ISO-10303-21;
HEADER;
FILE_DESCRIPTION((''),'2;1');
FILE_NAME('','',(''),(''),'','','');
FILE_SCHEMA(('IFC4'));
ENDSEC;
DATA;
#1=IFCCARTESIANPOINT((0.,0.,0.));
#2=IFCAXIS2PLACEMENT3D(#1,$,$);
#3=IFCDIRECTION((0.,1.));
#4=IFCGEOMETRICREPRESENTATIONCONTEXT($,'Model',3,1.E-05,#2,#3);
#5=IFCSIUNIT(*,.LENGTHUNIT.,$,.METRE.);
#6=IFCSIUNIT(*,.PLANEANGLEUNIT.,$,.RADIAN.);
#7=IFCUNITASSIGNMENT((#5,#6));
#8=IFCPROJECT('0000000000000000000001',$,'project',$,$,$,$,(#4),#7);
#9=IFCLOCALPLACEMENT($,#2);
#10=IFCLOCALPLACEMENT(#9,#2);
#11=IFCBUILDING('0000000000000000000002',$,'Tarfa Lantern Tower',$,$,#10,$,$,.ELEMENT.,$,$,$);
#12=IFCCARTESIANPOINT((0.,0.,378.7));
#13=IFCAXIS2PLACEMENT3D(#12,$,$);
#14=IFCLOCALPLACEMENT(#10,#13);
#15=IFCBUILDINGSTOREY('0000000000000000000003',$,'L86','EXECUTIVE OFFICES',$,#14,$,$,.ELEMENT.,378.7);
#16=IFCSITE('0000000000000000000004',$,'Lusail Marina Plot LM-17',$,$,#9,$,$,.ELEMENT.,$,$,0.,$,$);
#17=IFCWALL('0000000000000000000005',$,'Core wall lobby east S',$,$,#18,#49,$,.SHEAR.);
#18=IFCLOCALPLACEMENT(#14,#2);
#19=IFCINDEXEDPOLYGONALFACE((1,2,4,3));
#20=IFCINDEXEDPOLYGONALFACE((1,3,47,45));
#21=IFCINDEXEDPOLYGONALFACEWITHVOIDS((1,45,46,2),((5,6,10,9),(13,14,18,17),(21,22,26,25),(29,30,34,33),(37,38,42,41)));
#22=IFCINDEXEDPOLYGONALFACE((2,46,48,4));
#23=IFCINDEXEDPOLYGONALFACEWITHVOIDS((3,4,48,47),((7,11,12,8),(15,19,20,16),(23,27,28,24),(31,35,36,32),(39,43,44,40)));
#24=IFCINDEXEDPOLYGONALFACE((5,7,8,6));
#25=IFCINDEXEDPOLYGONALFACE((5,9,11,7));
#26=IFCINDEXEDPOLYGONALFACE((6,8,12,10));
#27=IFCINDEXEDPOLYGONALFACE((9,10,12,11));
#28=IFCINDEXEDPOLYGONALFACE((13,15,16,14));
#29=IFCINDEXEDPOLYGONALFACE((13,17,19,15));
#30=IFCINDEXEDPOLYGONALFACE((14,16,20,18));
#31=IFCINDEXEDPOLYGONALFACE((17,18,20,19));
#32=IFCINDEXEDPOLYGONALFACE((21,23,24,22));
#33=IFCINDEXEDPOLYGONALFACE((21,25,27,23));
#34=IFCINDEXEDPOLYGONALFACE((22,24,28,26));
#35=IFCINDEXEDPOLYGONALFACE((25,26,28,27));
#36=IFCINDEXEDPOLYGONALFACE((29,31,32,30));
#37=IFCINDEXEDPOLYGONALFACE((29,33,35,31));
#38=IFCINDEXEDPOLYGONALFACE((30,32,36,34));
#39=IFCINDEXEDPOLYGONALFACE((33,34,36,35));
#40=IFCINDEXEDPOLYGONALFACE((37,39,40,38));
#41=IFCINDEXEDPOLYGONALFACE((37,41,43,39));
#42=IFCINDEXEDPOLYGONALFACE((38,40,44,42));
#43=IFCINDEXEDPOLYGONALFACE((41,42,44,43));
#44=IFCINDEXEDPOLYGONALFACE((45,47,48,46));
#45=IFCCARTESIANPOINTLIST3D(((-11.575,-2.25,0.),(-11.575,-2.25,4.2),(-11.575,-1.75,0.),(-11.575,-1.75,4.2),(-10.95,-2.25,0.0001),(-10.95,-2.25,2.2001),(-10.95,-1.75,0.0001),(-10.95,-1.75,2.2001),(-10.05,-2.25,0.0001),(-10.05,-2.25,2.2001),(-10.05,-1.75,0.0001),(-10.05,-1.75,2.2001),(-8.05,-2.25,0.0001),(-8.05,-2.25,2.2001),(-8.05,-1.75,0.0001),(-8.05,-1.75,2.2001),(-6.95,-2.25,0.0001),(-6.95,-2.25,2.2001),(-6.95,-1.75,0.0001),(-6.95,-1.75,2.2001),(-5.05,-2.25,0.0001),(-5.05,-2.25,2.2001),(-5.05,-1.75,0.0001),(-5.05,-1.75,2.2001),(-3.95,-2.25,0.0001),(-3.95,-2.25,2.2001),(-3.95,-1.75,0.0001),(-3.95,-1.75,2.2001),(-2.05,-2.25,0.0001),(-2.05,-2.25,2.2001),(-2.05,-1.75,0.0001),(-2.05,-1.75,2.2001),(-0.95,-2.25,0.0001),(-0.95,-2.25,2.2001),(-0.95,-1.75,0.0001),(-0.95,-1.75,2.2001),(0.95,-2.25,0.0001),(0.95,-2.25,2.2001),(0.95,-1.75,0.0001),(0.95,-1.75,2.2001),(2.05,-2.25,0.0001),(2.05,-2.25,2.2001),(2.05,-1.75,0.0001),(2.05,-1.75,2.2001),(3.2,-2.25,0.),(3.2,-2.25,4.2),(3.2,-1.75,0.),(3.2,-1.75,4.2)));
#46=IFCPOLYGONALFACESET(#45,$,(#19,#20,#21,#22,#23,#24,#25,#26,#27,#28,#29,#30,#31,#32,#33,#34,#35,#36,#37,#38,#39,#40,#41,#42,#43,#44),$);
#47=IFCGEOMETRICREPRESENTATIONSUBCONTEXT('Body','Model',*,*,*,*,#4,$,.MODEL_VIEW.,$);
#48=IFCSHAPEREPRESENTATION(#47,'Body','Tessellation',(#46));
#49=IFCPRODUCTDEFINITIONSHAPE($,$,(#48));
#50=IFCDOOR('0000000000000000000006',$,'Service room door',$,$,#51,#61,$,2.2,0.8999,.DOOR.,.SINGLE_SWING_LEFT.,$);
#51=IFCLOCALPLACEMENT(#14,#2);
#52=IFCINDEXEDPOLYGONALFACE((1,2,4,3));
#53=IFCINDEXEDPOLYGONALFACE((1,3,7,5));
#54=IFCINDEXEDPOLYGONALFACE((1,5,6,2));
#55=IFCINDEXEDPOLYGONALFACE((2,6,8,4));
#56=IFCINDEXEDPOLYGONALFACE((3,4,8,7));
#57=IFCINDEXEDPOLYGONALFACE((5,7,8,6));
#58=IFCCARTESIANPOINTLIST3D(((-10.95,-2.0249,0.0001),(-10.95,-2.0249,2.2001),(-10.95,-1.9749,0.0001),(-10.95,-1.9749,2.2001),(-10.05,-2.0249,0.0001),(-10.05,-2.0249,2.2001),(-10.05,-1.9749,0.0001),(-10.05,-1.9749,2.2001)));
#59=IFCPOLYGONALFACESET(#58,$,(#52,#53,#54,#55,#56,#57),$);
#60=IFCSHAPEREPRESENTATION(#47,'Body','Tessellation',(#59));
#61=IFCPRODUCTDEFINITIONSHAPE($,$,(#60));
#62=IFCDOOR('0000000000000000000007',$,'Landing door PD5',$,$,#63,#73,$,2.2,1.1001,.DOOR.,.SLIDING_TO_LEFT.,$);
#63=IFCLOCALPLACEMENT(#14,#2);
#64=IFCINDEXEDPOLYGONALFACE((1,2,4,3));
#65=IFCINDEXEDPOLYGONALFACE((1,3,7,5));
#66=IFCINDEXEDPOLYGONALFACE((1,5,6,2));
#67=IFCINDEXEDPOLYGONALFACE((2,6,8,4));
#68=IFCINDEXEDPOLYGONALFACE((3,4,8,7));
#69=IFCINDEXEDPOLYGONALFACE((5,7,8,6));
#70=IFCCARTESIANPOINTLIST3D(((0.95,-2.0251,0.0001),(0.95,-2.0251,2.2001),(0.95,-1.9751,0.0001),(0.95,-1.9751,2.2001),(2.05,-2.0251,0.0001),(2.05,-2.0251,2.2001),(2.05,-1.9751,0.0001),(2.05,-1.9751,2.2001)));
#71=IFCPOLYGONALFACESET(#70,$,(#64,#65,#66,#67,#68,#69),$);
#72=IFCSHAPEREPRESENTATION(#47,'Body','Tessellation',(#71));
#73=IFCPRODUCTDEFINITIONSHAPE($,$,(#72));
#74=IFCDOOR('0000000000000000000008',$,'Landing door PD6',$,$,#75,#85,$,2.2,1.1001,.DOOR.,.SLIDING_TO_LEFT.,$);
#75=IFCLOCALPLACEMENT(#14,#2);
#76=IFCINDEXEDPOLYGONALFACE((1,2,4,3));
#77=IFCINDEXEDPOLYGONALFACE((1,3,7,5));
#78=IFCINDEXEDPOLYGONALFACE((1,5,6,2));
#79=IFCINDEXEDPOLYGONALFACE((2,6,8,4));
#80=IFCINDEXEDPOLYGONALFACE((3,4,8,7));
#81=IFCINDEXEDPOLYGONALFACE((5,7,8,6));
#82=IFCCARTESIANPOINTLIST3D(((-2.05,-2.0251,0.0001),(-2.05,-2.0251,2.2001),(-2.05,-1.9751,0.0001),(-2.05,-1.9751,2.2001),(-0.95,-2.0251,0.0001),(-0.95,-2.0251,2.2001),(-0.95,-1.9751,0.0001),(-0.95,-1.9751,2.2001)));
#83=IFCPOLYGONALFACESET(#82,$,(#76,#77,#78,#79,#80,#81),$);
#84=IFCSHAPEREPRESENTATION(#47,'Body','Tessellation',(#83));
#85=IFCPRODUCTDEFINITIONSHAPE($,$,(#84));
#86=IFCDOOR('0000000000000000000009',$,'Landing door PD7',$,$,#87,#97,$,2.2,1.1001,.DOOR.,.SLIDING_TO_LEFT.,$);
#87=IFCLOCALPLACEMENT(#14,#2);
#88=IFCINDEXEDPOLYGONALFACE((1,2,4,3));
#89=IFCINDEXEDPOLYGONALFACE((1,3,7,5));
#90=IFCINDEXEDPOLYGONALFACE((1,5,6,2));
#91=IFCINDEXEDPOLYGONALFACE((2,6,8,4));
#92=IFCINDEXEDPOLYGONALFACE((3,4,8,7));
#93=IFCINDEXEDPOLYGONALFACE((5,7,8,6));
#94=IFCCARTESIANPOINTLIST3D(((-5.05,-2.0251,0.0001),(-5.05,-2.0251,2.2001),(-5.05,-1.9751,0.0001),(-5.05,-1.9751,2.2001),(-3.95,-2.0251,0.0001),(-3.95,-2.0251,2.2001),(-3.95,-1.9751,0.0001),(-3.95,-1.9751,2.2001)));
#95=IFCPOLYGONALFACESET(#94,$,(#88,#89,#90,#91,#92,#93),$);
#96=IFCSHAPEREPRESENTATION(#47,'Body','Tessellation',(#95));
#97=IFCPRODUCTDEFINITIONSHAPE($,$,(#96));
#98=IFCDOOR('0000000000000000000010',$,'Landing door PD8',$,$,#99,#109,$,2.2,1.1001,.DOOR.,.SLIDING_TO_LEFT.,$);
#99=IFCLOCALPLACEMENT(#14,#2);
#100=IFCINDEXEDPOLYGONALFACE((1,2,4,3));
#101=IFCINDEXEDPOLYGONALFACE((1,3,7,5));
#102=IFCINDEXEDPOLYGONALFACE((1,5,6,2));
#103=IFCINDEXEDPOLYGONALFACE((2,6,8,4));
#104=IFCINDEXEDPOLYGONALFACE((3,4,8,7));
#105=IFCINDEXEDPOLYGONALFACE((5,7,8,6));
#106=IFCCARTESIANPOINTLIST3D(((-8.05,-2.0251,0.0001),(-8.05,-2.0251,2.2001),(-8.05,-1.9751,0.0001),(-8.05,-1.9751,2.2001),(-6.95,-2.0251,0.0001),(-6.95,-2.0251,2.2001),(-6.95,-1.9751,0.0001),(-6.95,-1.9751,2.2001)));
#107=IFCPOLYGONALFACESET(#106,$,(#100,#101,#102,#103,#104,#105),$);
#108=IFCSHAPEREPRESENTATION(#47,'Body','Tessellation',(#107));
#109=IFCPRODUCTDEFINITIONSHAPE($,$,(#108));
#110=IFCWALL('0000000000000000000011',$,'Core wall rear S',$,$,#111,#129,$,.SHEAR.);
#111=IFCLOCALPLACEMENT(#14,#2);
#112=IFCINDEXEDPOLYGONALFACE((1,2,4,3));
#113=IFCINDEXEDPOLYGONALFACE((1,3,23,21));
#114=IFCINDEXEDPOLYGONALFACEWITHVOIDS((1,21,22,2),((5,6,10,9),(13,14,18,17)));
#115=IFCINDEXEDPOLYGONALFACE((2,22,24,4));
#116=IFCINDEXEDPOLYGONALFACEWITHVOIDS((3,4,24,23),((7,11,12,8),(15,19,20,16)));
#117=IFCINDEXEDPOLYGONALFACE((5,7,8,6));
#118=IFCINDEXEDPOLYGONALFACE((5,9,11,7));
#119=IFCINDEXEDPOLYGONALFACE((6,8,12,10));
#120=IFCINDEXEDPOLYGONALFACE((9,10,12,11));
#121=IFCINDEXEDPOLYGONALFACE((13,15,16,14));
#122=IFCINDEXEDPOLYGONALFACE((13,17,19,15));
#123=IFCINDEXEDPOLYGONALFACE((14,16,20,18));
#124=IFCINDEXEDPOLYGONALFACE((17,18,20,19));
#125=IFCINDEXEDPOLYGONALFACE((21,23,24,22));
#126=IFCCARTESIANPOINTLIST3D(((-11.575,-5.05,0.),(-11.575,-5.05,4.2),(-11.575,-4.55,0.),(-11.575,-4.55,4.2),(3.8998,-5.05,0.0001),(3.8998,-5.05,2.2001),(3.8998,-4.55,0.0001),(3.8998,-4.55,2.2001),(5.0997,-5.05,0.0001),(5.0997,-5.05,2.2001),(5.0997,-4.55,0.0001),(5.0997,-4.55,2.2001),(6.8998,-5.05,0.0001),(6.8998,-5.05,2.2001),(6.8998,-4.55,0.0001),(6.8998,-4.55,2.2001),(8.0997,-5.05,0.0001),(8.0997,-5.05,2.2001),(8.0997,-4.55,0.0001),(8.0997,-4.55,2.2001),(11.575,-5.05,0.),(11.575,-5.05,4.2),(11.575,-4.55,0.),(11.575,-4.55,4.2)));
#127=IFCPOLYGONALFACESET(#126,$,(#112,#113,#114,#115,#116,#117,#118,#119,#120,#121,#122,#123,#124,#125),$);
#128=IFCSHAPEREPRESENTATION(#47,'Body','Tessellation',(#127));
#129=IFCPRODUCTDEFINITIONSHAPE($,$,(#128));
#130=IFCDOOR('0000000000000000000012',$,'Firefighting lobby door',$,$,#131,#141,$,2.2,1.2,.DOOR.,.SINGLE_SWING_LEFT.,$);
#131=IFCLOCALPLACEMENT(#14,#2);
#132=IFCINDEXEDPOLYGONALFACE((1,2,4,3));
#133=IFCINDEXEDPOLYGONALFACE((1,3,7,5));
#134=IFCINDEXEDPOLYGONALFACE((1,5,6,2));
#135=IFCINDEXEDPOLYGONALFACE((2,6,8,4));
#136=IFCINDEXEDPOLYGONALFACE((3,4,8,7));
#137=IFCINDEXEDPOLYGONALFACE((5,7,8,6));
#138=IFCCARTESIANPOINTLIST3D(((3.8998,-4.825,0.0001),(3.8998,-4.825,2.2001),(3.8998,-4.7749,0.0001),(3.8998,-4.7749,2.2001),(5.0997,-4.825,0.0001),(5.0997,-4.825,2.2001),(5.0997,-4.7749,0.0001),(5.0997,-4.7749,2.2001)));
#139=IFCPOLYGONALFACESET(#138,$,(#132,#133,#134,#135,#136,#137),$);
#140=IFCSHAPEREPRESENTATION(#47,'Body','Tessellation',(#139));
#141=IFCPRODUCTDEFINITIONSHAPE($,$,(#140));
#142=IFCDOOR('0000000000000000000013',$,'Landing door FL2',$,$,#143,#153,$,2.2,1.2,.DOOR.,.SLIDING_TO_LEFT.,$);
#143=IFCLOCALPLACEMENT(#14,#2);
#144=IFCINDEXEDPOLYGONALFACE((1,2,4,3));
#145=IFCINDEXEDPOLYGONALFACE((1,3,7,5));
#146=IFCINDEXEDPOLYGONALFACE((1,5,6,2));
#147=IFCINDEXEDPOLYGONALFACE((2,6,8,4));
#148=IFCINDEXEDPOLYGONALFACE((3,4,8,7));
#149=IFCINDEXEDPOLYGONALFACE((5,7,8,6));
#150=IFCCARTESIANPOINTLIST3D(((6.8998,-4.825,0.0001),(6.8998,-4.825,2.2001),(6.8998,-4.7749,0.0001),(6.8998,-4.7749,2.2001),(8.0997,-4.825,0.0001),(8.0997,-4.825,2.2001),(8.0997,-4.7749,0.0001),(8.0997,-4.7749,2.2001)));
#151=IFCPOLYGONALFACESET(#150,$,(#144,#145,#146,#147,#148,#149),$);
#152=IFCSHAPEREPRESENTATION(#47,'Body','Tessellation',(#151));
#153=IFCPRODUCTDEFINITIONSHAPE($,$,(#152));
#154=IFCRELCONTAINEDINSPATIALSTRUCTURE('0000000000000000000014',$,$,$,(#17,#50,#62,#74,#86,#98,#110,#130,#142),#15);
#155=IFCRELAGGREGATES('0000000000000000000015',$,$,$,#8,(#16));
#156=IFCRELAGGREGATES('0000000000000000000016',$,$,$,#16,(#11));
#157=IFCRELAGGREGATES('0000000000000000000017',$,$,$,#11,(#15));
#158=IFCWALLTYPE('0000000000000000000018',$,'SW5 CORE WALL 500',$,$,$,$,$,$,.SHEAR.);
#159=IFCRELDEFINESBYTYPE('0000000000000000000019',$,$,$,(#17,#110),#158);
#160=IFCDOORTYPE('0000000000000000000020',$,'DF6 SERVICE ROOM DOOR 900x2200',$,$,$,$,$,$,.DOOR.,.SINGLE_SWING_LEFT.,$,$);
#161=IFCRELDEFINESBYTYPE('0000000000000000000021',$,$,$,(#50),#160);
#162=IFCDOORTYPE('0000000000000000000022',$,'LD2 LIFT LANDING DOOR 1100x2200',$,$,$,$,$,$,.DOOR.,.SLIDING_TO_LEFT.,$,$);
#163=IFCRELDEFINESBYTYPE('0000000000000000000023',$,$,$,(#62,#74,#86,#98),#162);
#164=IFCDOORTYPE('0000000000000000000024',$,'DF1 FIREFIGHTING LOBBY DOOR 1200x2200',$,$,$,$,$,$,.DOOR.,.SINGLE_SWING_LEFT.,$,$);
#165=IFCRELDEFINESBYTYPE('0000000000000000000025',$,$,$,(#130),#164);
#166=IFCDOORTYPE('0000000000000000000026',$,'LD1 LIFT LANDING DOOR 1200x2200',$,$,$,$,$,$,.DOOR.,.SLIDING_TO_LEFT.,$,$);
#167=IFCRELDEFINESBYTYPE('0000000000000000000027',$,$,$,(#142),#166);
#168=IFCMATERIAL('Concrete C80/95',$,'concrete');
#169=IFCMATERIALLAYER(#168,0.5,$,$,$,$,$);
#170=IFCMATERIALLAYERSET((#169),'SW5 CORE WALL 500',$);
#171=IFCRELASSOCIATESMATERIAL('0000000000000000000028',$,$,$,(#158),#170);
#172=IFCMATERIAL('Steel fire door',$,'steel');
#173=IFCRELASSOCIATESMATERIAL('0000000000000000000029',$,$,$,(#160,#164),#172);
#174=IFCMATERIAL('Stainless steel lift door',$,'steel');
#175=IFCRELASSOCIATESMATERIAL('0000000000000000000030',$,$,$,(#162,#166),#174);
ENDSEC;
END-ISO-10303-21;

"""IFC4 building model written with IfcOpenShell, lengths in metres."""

from ifc_helpers import new_model, si_unit, direction, frame, frame_2d, origin, place, context, subcontext, project, spatial, rectangle, extrude, material, layer, layer_set, type_object, element, fill, save


model = new_model("IFC4")

# Units and contexts
model_context = context("Model", 3, precision=1e-05, world=origin(), true_north=direction((0.0, 1.0)))
body_context = subcontext(model_context, "Body", "Model", "MODEL_VIEW")
ifc_project = project(units=[si_unit("LENGTHUNIT", "METRE"), si_unit("PLANEANGLEUNIT", "RADIAN")], contexts=[model_context])

# Site, building, storey
site_placement = place(None, origin())
site = spatial("IfcSite", under=ifc_project, at=site_placement, Name="Lusail Marina Plot LM-17", CompositionType="ELEMENT", RefElevation=0.0)
building_placement = place(site_placement, origin())
building = spatial("IfcBuilding", under=site, at=building_placement, Name="Tarfa Lantern Tower", CompositionType="ELEMENT")
storey_placement = place(building_placement, frame((0.0, 0.0, 378.7)))
storey = spatial("IfcBuildingStorey", under=building, at=storey_placement, Name="L86", Description="EXECUTIVE OFFICES", CompositionType="ELEMENT", Elevation=378.7)

# Shared definitions
ifc_material_1 = material(Name="Concrete C80/95", Category="concrete")

# Shared definitions
ifc_material_2 = material(Name="Steel fire door", Category="steel")
ifc_layer_1 = layer(ifc_material_1, 0.5)
ifc_layer_set_1 = layer_set([ifc_layer_1], Name="SW5 CORE WALL 500")
wall_type_1 = type_object("IfcWallType", Name="SW5 CORE WALL 500", PredefinedType="SHEAR", material=ifc_layer_set_1)
door_type_1 = type_object("IfcDoorType", Name="DF6 SERVICE ROOM DOOR 900x2200", OperationType="SINGLE_SWING_LEFT", PredefinedType="DOOR", material=ifc_material_2)

# Walls, openings, doors
wall_1_placement = place(storey_placement, frame((3.2, -2.0, 0.0), z_axis=(0.0, 0.0, 1.0), x_axis=(-1.0, 0.0, 0.0)))
wall_1 = element("IfcWall", 1, at=wall_1_placement, inside=storey, type_object=wall_type_1, Name="Core wall lobby east S", PredefinedType="SHEAR", context=body_context, shape_type="SweptSolid", body=[
    extrude(rectangle(XDim=14.7749, YDim=0.5, at=frame_2d((7.3875, 0.0))), origin(), (0.0, 0.0, 1.0), 4.2),
])
opening_1_placement = place(wall_1_placement, frame((13.25, 0.0, 0.0)))
opening_1 = element("IfcOpeningElement", 2, at=opening_1_placement, cuts=wall_1, PredefinedType="OPENING", context=body_context, shape_type="SweptSolid", body=[
    extrude(rectangle(XDim=0.8999, YDim=2.2, at=frame_2d((0.45, 1.1001))), frame((0.0, 0.26, 0.0), z_axis=(0.0, -1.0, 0.0), x_axis=(1.0, 0.0, 0.0)), (0.0, 0.0, 1.0), 0.52),
])
opening_2_placement = place(wall_1_placement, frame((1.1499, 0.0, 0.0)))
opening_2 = element("IfcOpeningElement", 3, at=opening_2_placement, cuts=wall_1, PredefinedType="OPENING", context=body_context, shape_type="SweptSolid", body=[
    extrude(rectangle(XDim=1.1001, YDim=2.2, at=frame_2d((0.55, 1.1001))), frame((0.0, 0.26, 0.0), z_axis=(0.0, -1.0, 0.0), x_axis=(1.0, 0.0, 0.0)), (0.0, 0.0, 1.0), 0.52),
])
opening_3_placement = place(wall_1_placement, frame((4.1499, 0.0, 0.0)))
opening_3 = element("IfcOpeningElement", 4, at=opening_3_placement, cuts=wall_1, PredefinedType="OPENING", context=body_context, shape_type="SweptSolid", body=[
    extrude(rectangle(XDim=1.1001, YDim=2.2, at=frame_2d((0.55, 1.1001))), frame((0.0, 0.26, 0.0), z_axis=(0.0, -1.0, 0.0), x_axis=(1.0, 0.0, 0.0)), (0.0, 0.0, 1.0), 0.52),
])
opening_4_placement = place(wall_1_placement, frame((7.1499, 0.0, 0.0)))
opening_4 = element("IfcOpeningElement", 5, at=opening_4_placement, cuts=wall_1, PredefinedType="OPENING", context=body_context, shape_type="SweptSolid", body=[
    extrude(rectangle(XDim=1.1001, YDim=2.2, at=frame_2d((0.55, 1.1001))), frame((0.0, 0.26, 0.0), z_axis=(0.0, -1.0, 0.0), x_axis=(1.0, 0.0, 0.0)), (0.0, 0.0, 1.0), 0.52),
])
opening_5_placement = place(wall_1_placement, frame((10.1499, 0.0, 0.0)))
opening_5 = element("IfcOpeningElement", 6, at=opening_5_placement, cuts=wall_1, PredefinedType="OPENING", context=body_context, shape_type="SweptSolid", body=[
    extrude(rectangle(XDim=1.1001, YDim=2.2, at=frame_2d((0.55, 1.1001))), frame((0.0, 0.26, 0.0), z_axis=(0.0, -1.0, 0.0), x_axis=(1.0, 0.0, 0.0)), (0.0, 0.0, 1.0), 0.52),
])
door_1_placement = place(opening_1_placement, origin())
door_1 = element("IfcDoor", 7, at=door_1_placement, inside=storey, type_object=door_type_1, Name="Service room door", OperationType="SINGLE_SWING_LEFT", OverallHeight=2.2, OverallWidth=0.8999, PredefinedType="DOOR", context=body_context, shape_type="SweptSolid", body=[
    extrude(rectangle(XDim=0.8999, YDim=2.2, at=frame_2d((0.45, 1.1001))), frame((0.0, 0.0249, 0.0), z_axis=(0.0, -1.0, 0.0), x_axis=(1.0, 0.0, 0.0)), (0.0, 0.0, 1.0), 0.05),
])
fill(opening_1, door_1)
ifc_material_3 = material(Name="Stainless steel lift door", Category="steel")
door_type_2 = type_object("IfcDoorType", Name="LD2 LIFT LANDING DOOR 1100x2200", OperationType="SLIDING_TO_LEFT", PredefinedType="DOOR", material=ifc_material_3)
door_2_placement = place(opening_2_placement, frame((1.1001, 0.0, 0.0), z_axis=(0.0, 0.0, 1.0), x_axis=(-1.0, 0.0, 0.0)))
door_2 = element("IfcDoor", 8, at=door_2_placement, inside=storey, type_object=door_type_2, Name="Landing door PD5", OperationType="SLIDING_TO_LEFT", OverallHeight=2.2, OverallWidth=1.1001, PredefinedType="DOOR", context=body_context, shape_type="SweptSolid", body=[
    extrude(rectangle(XDim=1.1001, YDim=2.2, at=frame_2d((0.55, 1.1001))), frame((0.0, 0.0249, 0.0), z_axis=(0.0, -1.0, 0.0), x_axis=(1.0, 0.0, 0.0)), (0.0, 0.0, 1.0), 0.05),
])
fill(opening_2, door_2)
door_3_placement = place(opening_3_placement, frame((1.1001, 0.0, 0.0), z_axis=(0.0, 0.0, 1.0), x_axis=(-1.0, 0.0, 0.0)))
door_3 = element("IfcDoor", 9, at=door_3_placement, inside=storey, type_object=door_type_2, Name="Landing door PD6", OperationType="SLIDING_TO_LEFT", OverallHeight=2.2, OverallWidth=1.1001, PredefinedType="DOOR", context=body_context, shape_type="SweptSolid", body=[
    extrude(rectangle(XDim=1.1001, YDim=2.2, at=frame_2d((0.55, 1.1001))), frame((0.0, 0.0249, 0.0), z_axis=(0.0, -1.0, 0.0), x_axis=(1.0, 0.0, 0.0)), (0.0, 0.0, 1.0), 0.05),
])
fill(opening_3, door_3)
door_4_placement = place(opening_4_placement, frame((1.1001, 0.0, 0.0), z_axis=(0.0, 0.0, 1.0), x_axis=(-1.0, 0.0, 0.0)))
door_4 = element("IfcDoor", 10, at=door_4_placement, inside=storey, type_object=door_type_2, Name="Landing door PD7", OperationType="SLIDING_TO_LEFT", OverallHeight=2.2, OverallWidth=1.1001, PredefinedType="DOOR", context=body_context, shape_type="SweptSolid", body=[
    extrude(rectangle(XDim=1.1001, YDim=2.2, at=frame_2d((0.55, 1.1001))), frame((0.0, 0.0249, 0.0), z_axis=(0.0, -1.0, 0.0), x_axis=(1.0, 0.0, 0.0)), (0.0, 0.0, 1.0), 0.05),
])
fill(opening_4, door_4)
door_5_placement = place(opening_5_placement, frame((1.1001, 0.0, 0.0), z_axis=(0.0, 0.0, 1.0), x_axis=(-1.0, 0.0, 0.0)))
door_5 = element("IfcDoor", 11, at=door_5_placement, inside=storey, type_object=door_type_2, Name="Landing door PD8", OperationType="SLIDING_TO_LEFT", OverallHeight=2.2, OverallWidth=1.1001, PredefinedType="DOOR", context=body_context, shape_type="SweptSolid", body=[
    extrude(rectangle(XDim=1.1001, YDim=2.2, at=frame_2d((0.55, 1.1001))), frame((0.0, 0.0249, 0.0), z_axis=(0.0, -1.0, 0.0), x_axis=(1.0, 0.0, 0.0)), (0.0, 0.0, 1.0), 0.05),
])
fill(opening_5, door_5)
wall_2_placement = place(storey_placement, frame((11.575, -4.8, 0.0), z_axis=(0.0, 0.0, 1.0), x_axis=(-1.0, 0.0, 0.0)))
wall_2 = element("IfcWall", 12, at=wall_2_placement, inside=storey, type_object=wall_type_1, Name="Core wall rear S", PredefinedType="SHEAR", context=body_context, shape_type="SweptSolid", body=[
    extrude(rectangle(XDim=23.1499, YDim=0.5, at=frame_2d((11.575, 0.0))), origin(), (0.0, 0.0, 1.0), 4.2),
])
opening_6_placement = place(wall_2_placement, frame((6.4751, 0.0, 0.0)))
opening_6 = element("IfcOpeningElement", 13, at=opening_6_placement, cuts=wall_2, PredefinedType="OPENING", context=body_context, shape_type="SweptSolid", body=[
    extrude(rectangle(XDim=1.2, YDim=2.2, at=frame_2d((0.6001, 1.1001))), frame((0.0, 0.26, 0.0), z_axis=(0.0, -1.0, 0.0), x_axis=(1.0, 0.0, 0.0)), (0.0, 0.0, 1.0), 0.52),
])
opening_7_placement = place(wall_2_placement, frame((3.4751, 0.0, 0.0)))
opening_7 = element("IfcOpeningElement", 14, at=opening_7_placement, cuts=wall_2, PredefinedType="OPENING", context=body_context, shape_type="SweptSolid", body=[
    extrude(rectangle(XDim=1.2, YDim=2.2, at=frame_2d((0.6001, 1.1001))), frame((0.0, 0.26, 0.0), z_axis=(0.0, -1.0, 0.0), x_axis=(1.0, 0.0, 0.0)), (0.0, 0.0, 1.0), 0.52),
])
door_type_3 = type_object("IfcDoorType", Name="DF1 FIREFIGHTING LOBBY DOOR 1200x2200", OperationType="SINGLE_SWING_LEFT", PredefinedType="DOOR", material=ifc_material_2)
door_6_placement = place(opening_6_placement, origin())
door_6 = element("IfcDoor", 15, at=door_6_placement, inside=storey, type_object=door_type_3, Name="Firefighting lobby door", OperationType="SINGLE_SWING_LEFT", OverallHeight=2.2, OverallWidth=1.2, PredefinedType="DOOR", context=body_context, shape_type="SweptSolid", body=[
    extrude(rectangle(XDim=1.2, YDim=2.2, at=frame_2d((0.6001, 1.1001))), frame((0.0, 0.0249, 0.0), z_axis=(0.0, -1.0, 0.0), x_axis=(1.0, 0.0, 0.0)), (0.0, 0.0, 1.0), 0.05),
])
fill(opening_6, door_6)
door_type_4 = type_object("IfcDoorType", Name="LD1 LIFT LANDING DOOR 1200x2200", OperationType="SLIDING_TO_LEFT", PredefinedType="DOOR", material=ifc_material_3)
door_7_placement = place(opening_7_placement, origin())
door_7 = element("IfcDoor", 16, at=door_7_placement, inside=storey, type_object=door_type_4, Name="Landing door FL2", OperationType="SLIDING_TO_LEFT", OverallHeight=2.2, OverallWidth=1.2, PredefinedType="DOOR", context=body_context, shape_type="SweptSolid", body=[
    extrude(rectangle(XDim=1.2, YDim=2.2, at=frame_2d((0.6001, 1.1001))), frame((0.0, 0.0249, 0.0), z_axis=(0.0, -1.0, 0.0), x_axis=(1.0, 0.0, 0.0)), (0.0, 0.0, 1.0), 0.05),
])
fill(opening_7, door_7)

save(model, "model.ifc")
